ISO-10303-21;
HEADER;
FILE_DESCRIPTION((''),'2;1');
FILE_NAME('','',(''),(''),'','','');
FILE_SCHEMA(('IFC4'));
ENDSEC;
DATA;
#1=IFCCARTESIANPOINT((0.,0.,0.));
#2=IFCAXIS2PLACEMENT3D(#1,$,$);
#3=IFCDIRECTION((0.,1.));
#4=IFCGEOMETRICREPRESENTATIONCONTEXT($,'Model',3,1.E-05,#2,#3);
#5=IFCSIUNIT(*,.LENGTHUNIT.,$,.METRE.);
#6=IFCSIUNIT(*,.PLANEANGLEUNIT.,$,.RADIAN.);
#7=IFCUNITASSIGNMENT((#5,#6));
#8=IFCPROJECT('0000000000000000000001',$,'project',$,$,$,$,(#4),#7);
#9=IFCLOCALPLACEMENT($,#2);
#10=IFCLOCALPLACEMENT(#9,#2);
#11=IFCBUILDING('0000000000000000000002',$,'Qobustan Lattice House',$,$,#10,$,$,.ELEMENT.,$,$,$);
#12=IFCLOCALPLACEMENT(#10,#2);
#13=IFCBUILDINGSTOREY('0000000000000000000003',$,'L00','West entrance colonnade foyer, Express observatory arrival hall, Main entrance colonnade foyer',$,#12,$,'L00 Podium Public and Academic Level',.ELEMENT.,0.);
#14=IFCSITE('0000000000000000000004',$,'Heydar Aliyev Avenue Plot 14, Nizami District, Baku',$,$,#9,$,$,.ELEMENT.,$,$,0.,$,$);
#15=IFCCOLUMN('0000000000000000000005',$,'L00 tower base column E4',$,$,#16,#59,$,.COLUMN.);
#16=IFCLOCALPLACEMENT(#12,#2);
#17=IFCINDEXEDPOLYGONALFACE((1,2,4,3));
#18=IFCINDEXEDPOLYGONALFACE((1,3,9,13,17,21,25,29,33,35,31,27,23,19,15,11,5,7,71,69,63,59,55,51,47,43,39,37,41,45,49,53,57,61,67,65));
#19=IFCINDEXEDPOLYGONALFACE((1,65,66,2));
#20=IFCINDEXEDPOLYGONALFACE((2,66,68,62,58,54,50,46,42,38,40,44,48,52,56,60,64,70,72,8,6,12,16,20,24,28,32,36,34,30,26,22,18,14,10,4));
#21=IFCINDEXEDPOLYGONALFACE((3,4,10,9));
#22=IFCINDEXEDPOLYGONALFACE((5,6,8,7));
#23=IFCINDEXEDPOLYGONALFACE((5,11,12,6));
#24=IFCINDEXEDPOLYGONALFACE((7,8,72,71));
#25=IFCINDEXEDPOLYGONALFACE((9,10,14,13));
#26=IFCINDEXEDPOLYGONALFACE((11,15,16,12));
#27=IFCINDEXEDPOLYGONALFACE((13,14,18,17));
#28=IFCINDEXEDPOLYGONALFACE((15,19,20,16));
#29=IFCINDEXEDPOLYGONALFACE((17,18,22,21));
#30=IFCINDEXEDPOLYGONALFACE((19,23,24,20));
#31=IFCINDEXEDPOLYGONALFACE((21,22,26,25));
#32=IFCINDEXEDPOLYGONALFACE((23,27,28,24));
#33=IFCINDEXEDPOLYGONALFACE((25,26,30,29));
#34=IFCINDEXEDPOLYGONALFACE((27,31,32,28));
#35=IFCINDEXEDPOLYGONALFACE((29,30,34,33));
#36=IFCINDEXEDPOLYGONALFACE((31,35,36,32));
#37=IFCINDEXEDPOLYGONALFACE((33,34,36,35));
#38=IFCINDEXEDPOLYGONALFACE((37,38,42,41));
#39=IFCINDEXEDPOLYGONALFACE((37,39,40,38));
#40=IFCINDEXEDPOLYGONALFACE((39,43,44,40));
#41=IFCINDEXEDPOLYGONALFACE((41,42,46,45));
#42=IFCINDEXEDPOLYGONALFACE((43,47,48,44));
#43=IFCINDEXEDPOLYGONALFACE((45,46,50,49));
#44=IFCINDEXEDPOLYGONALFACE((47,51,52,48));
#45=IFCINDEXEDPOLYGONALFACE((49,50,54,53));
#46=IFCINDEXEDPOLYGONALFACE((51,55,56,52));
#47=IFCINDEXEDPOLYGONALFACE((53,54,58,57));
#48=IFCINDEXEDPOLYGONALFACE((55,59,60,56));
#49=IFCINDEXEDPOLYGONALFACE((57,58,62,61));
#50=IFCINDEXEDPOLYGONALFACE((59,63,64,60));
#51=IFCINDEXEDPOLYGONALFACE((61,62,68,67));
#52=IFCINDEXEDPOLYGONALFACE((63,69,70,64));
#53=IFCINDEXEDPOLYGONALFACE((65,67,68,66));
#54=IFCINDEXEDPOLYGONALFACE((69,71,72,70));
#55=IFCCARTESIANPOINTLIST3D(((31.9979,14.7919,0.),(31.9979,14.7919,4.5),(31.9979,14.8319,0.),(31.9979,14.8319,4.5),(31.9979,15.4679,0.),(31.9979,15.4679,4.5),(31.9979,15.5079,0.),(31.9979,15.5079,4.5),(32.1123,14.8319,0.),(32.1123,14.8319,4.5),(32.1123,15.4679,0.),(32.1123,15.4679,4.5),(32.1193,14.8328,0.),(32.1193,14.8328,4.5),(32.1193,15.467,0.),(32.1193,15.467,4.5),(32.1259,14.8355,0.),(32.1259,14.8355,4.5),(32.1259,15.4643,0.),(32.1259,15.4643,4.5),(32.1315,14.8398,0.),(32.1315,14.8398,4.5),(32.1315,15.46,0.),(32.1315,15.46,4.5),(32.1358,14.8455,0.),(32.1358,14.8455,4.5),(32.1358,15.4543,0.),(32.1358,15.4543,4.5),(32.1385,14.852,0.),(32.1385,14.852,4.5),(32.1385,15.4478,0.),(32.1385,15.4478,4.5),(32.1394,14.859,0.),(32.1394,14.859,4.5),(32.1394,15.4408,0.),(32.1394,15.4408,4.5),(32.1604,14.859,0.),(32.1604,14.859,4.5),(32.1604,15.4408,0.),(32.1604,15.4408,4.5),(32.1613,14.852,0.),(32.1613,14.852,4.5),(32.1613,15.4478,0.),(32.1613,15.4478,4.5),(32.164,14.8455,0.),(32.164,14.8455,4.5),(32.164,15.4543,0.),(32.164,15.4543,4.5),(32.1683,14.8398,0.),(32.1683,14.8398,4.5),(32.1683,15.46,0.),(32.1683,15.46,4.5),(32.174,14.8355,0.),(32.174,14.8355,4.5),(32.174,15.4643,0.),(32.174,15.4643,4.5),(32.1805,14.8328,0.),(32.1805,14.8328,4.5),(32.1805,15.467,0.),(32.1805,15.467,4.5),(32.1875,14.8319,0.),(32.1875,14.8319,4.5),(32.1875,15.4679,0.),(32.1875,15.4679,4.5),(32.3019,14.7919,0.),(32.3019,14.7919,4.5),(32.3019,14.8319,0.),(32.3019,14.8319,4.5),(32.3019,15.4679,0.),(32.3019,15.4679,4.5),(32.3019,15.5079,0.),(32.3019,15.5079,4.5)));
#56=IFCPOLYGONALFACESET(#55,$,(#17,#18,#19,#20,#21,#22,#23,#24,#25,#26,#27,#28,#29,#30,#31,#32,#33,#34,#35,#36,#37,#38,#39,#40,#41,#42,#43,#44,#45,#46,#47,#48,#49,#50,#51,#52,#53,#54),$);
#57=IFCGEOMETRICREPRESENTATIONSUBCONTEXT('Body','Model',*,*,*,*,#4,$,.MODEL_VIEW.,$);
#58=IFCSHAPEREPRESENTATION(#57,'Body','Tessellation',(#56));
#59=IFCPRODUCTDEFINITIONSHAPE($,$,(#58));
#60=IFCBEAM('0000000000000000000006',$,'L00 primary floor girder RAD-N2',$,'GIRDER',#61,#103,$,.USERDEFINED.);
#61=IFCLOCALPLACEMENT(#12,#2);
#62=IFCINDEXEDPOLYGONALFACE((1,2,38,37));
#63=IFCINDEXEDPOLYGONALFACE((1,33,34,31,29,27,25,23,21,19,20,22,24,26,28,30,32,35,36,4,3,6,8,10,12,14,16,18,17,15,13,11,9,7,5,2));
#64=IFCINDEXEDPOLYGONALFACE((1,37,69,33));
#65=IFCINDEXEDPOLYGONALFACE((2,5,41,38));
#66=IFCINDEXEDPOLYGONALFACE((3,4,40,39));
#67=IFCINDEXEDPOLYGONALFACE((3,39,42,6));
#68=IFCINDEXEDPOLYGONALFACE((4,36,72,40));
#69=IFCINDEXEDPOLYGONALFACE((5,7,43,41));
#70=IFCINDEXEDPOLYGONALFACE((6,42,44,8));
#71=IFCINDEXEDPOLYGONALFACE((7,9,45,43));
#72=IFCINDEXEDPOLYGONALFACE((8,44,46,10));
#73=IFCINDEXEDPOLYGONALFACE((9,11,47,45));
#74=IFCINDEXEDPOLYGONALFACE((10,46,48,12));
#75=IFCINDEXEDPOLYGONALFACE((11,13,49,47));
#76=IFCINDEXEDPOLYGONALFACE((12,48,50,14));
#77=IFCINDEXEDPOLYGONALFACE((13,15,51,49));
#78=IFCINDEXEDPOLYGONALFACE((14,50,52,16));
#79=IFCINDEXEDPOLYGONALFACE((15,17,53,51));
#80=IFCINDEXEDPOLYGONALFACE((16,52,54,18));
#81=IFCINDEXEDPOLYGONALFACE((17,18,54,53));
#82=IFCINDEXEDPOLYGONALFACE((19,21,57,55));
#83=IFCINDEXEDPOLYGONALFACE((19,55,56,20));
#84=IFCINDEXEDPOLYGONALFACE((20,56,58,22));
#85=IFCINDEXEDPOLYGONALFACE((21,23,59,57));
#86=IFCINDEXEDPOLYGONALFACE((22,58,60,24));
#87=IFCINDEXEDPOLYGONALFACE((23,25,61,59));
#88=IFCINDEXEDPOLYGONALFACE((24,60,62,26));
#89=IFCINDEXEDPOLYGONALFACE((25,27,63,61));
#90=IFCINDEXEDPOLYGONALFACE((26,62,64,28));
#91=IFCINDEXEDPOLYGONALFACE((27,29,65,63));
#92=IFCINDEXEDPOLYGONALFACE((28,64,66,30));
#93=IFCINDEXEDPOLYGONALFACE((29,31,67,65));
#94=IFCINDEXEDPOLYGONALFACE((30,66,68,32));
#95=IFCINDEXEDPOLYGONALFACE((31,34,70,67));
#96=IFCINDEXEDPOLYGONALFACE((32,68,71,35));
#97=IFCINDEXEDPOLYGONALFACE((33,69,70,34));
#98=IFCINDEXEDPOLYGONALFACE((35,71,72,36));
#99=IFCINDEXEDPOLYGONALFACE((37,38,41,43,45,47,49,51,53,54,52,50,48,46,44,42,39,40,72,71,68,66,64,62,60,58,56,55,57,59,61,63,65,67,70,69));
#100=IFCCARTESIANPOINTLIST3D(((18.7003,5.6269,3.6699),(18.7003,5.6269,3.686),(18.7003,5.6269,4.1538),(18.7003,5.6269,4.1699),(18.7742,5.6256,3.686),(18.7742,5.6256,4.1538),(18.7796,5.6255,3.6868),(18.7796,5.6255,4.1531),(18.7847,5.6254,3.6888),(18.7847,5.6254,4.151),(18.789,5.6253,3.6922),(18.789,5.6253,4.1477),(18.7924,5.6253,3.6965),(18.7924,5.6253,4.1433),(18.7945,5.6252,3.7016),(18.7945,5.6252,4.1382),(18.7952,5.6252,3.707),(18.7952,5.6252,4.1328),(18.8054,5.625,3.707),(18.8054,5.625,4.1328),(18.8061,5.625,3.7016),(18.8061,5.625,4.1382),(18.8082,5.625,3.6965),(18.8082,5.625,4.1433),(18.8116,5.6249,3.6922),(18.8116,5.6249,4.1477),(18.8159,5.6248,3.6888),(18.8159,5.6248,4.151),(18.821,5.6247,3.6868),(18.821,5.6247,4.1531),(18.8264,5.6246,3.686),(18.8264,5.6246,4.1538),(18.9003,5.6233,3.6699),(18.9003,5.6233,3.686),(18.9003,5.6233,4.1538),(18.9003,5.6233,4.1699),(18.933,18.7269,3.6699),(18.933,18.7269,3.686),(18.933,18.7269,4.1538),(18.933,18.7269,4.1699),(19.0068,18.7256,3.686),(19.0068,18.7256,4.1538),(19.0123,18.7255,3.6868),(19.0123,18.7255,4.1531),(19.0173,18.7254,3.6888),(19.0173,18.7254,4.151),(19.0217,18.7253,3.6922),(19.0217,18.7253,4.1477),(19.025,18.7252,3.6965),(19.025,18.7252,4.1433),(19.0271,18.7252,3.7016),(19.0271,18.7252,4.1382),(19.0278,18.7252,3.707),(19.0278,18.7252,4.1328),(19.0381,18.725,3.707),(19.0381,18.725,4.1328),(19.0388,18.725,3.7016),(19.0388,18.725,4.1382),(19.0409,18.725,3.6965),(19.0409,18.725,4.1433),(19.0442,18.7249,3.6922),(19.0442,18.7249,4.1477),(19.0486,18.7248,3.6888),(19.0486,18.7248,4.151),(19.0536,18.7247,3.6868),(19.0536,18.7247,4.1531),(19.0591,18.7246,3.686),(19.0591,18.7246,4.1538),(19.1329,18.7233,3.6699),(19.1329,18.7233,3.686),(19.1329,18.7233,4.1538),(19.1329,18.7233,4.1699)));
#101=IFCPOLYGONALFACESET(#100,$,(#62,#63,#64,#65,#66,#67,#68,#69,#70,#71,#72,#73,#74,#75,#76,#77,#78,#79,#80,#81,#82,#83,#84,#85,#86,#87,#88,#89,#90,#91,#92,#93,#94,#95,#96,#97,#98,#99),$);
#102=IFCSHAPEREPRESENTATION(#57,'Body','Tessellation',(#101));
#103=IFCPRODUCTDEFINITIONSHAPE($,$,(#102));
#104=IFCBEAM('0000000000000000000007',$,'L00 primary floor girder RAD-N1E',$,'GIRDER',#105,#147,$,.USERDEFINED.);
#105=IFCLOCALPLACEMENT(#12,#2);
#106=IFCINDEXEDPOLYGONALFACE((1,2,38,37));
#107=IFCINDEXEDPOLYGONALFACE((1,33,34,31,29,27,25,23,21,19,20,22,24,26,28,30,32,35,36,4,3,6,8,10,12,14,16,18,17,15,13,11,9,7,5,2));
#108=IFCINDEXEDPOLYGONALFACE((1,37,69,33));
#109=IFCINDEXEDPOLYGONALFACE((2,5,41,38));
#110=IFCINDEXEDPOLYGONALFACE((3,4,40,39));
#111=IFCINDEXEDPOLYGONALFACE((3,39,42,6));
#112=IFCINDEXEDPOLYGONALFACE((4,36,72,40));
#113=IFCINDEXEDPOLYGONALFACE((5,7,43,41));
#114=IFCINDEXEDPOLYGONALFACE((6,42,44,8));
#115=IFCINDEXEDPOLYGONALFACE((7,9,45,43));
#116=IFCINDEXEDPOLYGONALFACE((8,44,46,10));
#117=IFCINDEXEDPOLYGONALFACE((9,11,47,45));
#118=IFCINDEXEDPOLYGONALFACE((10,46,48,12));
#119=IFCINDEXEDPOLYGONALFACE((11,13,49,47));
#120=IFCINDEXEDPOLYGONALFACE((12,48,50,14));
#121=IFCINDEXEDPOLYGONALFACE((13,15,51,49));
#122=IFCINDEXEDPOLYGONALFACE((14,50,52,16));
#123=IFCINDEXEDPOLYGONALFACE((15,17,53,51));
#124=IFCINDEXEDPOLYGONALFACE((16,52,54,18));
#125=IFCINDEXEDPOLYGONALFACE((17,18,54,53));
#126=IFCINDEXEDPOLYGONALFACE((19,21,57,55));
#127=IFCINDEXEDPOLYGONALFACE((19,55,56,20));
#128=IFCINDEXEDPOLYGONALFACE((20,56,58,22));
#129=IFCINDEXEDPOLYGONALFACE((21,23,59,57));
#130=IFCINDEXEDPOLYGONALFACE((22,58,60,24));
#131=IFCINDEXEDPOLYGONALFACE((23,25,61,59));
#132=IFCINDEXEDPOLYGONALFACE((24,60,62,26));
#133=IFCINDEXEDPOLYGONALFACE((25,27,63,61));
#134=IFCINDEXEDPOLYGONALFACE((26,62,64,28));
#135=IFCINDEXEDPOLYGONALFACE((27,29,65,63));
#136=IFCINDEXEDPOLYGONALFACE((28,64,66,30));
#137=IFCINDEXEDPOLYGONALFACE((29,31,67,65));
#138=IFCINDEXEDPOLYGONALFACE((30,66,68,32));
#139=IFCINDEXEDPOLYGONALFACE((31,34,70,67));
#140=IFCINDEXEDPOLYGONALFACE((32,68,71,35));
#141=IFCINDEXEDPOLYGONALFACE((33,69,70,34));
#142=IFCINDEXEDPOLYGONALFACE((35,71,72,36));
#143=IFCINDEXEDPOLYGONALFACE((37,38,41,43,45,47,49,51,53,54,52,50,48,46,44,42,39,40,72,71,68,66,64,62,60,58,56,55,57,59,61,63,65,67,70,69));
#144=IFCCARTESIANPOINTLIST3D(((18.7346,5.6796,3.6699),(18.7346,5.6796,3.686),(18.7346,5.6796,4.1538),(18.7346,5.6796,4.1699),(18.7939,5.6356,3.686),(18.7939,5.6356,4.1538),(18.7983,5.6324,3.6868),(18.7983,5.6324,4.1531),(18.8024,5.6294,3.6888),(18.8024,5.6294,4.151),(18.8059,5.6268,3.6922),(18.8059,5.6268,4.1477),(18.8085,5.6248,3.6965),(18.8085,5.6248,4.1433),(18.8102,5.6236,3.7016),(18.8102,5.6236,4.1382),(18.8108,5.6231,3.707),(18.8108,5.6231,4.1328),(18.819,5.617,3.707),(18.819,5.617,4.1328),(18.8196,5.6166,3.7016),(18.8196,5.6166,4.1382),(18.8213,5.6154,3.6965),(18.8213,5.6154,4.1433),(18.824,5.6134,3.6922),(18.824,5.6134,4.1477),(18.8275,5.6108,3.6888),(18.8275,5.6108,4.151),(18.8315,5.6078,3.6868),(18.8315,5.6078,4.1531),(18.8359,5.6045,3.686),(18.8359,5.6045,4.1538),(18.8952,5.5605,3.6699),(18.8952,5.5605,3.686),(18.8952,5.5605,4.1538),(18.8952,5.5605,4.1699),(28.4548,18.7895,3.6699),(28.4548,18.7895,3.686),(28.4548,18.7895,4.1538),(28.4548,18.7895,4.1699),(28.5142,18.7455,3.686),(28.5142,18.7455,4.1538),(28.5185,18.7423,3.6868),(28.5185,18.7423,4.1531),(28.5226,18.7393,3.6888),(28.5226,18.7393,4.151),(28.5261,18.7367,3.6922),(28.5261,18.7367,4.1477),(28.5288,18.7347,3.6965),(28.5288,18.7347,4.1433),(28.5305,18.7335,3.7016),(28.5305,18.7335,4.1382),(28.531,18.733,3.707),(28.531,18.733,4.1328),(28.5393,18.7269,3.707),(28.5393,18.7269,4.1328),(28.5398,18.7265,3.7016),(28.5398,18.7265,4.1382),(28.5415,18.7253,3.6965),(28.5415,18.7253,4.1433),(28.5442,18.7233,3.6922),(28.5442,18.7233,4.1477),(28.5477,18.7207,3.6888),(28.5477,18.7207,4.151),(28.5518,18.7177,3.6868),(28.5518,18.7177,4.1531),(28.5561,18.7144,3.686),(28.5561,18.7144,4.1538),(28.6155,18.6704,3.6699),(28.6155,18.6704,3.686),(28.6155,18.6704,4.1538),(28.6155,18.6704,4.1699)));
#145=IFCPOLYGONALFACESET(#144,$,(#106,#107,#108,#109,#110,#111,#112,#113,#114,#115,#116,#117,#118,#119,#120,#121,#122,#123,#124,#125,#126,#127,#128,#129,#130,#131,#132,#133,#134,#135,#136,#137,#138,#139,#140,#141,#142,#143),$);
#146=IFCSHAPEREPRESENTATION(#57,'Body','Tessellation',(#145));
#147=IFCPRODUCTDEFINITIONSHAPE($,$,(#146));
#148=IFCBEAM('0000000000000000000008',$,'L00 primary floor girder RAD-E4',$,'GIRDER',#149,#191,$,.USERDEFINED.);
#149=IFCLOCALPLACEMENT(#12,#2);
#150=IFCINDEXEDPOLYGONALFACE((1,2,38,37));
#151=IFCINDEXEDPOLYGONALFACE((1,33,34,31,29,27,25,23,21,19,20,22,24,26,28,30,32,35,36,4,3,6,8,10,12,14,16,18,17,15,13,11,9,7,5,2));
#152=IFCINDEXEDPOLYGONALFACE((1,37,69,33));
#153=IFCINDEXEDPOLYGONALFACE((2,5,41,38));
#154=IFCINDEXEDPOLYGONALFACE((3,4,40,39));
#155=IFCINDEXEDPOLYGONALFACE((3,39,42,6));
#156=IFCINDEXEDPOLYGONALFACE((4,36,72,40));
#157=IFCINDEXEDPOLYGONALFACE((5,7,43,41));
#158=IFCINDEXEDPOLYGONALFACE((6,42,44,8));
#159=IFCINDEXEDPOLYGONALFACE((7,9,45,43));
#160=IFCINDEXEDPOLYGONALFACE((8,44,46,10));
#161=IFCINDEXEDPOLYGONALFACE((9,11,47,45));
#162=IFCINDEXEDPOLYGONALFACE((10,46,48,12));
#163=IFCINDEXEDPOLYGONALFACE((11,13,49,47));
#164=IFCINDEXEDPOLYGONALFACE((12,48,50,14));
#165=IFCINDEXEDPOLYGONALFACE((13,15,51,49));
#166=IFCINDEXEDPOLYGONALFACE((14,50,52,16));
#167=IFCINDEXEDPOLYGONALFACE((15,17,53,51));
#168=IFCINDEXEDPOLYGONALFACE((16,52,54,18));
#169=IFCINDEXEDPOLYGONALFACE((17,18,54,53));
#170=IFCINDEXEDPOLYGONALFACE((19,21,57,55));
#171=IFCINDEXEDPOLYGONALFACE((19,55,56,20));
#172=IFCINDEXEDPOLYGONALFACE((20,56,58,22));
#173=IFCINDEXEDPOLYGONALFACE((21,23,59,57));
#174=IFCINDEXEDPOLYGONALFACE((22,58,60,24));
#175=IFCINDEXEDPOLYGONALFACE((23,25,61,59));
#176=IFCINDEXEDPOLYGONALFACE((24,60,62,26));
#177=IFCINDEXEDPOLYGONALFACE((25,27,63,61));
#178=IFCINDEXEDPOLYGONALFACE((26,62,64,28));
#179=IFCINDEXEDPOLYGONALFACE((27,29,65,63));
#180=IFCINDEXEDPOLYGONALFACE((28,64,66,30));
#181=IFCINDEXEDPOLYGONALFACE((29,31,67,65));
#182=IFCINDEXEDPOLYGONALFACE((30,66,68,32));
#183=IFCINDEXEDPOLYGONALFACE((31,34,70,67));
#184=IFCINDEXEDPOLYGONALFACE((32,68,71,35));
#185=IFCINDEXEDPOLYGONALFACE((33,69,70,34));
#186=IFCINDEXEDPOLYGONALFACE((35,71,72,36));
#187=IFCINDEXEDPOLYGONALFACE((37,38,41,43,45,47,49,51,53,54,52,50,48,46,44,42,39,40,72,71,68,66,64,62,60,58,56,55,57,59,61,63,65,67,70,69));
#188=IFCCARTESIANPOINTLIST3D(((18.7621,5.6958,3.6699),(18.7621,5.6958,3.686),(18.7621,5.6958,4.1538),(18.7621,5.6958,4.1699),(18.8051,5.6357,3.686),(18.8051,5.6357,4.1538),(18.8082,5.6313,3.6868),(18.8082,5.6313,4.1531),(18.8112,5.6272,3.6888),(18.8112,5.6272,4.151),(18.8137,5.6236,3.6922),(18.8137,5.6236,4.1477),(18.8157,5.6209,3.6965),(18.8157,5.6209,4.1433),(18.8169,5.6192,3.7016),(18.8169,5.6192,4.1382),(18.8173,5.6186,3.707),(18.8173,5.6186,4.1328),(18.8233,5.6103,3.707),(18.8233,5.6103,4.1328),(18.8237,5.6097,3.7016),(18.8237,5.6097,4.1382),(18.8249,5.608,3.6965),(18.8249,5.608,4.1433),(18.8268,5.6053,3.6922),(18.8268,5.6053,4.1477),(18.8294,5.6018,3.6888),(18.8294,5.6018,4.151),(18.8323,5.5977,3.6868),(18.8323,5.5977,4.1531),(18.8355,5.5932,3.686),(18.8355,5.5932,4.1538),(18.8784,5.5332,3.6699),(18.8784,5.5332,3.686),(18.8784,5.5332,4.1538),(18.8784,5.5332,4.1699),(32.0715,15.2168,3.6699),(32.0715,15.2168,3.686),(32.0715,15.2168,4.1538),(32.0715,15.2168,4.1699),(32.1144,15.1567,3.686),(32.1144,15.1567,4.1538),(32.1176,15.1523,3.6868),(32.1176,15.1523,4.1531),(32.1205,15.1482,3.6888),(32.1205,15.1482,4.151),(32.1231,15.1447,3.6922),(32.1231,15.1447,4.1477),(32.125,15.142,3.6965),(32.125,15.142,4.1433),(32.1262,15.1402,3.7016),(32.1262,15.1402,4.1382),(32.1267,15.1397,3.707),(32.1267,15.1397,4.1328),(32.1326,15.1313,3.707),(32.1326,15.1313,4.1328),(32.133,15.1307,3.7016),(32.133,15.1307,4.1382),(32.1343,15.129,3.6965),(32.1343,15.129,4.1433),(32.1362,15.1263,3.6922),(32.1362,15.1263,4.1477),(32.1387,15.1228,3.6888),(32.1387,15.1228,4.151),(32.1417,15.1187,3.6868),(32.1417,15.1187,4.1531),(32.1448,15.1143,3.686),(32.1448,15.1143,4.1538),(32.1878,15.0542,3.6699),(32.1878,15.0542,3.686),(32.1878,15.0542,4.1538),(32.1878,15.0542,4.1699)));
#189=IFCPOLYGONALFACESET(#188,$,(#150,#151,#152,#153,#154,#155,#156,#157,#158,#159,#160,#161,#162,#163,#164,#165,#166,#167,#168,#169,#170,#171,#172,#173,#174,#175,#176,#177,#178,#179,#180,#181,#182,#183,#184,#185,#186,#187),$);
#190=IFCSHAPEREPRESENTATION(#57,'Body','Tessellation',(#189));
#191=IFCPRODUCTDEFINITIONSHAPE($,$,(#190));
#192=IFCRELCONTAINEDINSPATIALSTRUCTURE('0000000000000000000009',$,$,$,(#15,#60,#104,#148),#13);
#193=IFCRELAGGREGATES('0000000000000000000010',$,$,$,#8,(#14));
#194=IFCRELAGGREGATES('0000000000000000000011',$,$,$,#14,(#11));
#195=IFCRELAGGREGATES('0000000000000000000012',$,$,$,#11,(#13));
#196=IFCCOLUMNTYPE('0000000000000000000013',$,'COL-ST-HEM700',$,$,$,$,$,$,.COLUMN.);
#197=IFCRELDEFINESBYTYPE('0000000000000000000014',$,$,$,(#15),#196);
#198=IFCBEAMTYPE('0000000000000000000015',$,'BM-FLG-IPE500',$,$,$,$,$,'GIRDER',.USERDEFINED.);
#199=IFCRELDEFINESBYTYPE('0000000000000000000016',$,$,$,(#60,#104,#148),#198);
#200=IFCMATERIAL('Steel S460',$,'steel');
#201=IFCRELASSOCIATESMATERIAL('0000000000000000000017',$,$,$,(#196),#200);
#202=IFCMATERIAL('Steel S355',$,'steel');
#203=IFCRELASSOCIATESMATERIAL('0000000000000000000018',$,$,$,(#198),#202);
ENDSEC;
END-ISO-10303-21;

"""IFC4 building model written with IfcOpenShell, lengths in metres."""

from ifc_helpers import new_model, si_unit, direction, frame, origin, origin_2d, place, context, subcontext, project, spatial, i_section, extrude, material, material_profile, profile_set, type_object, element, save


model = new_model("IFC4")

# Units and contexts
model_context = context("Model", 3, precision=1e-05, world=origin(), true_north=direction((0.0, 1.0)))
body_context = subcontext(model_context, "Body", "Model", "MODEL_VIEW")
ifc_project = project(units=[si_unit("LENGTHUNIT", "METRE"), si_unit("PLANEANGLEUNIT", "RADIAN")], contexts=[model_context])

# Site, building, storey
site_placement = place(None, origin())
site = spatial("IfcSite", under=ifc_project, at=site_placement, Name="Heydar Aliyev Avenue Plot 14, Nizami District, Baku", CompositionType="ELEMENT", RefElevation=0.0)
building_placement = place(site_placement, origin())
building = spatial("IfcBuilding", under=site, at=building_placement, Name="Qobustan Lattice House", CompositionType="ELEMENT")
storey_placement = place(building_placement, origin())
storey = spatial("IfcBuildingStorey", under=building, at=storey_placement, Name="L00", Description="West entrance colonnade foyer, Express observatory arrival hall, Main entrance colonnade foyer", LongName="L00 Podium Public and Academic Level", CompositionType="ELEMENT", Elevation=0.0)

# Column
ifc_material_1 = material(Name="Steel S460", Category="steel")
ifc_material_profile_1 = material_profile(ifc_material_1, i_section(OverallWidth=0.304, OverallDepth=0.7161, WebThickness=0.021, FlangeThickness=0.04, FilletRadius=0.0271, at=origin_2d()), Name="HEM700")
ifc_profile_set_1 = profile_set([ifc_material_profile_1], Name="Steel S460")
column_type_1 = type_object("IfcColumnType", Name="COL-ST-HEM700", PredefinedType="COLUMN", material=ifc_profile_set_1)
for number, where, z_axis, x_axis, name in (
    (1, (32.1499, 15.1499, 0.0), (0.0, 0.0, 1.0), (1.0, 0.0, 0.0), "L00 tower base column E4"),
):
    element("IfcColumn", number, at=place(storey_placement, frame(where, z_axis=z_axis, x_axis=x_axis)), inside=storey, type_object=column_type_1, Name=name, PredefinedType="COLUMN", context=body_context, shape_type="SweptSolid", body=[
        extrude(i_section(OverallWidth=0.304, OverallDepth=0.7161, WebThickness=0.021, FlangeThickness=0.04, FilletRadius=0.0271, at=origin_2d()), origin(), (0.0, 0.0, 1.0), 4.5),
    ])

# Beams
ifc_material_2 = material(Name="Steel S355", Category="steel")
ifc_material_profile_2 = material_profile(ifc_material_2, i_section(OverallWidth=0.2, OverallDepth=0.5, WebThickness=0.0103, FlangeThickness=0.0161, FilletRadius=0.021, at=origin_2d()), Name="IPE500")
ifc_profile_set_2 = profile_set([ifc_material_profile_2], Name="Steel S355")
beam_type_1 = type_object("IfcBeamType", Name="BM-FLG-IPE500", ElementType="GIRDER", PredefinedType="USERDEFINED", material=ifc_profile_set_2)
beam_1_placement = place(storey_placement, frame((19.033, 18.7251, 3.9199), z_axis=(-0.017758, -0.999842, 0.0), x_axis=(0.999842, -0.017758, 0.0)))
element("IfcBeam", 2, at=beam_1_placement, inside=storey, type_object=beam_type_1, Name="L00 primary floor girder RAD-N2", ObjectType="GIRDER", PredefinedType="USERDEFINED", context=body_context, shape_type="SweptSolid", body=[
    extrude(i_section(OverallWidth=0.2, OverallDepth=0.5, WebThickness=0.0103, FlangeThickness=0.0161, FilletRadius=0.021, at=origin_2d()), origin(), (0.0, 0.0, 1.0), 13.1021),
])
beam_2_placement = place(storey_placement, frame((28.5352, 18.73, 3.9199), z_axis=(-0.595592, -0.803287, 0.0), x_axis=(0.803287, -0.595592, 0.0)))
element("IfcBeam", 3, at=beam_2_placement, inside=storey, type_object=beam_type_1, Name="L00 primary floor girder RAD-N1E", ObjectType="GIRDER", PredefinedType="USERDEFINED", context=body_context, shape_type="SweptSolid", body=[
    extrude(i_section(OverallWidth=0.2, OverallDepth=0.5, WebThickness=0.0103, FlangeThickness=0.0161, FilletRadius=0.021, at=origin_2d()), origin(), (0.0, 0.0, 1.0), 16.3203),
])
beam_3_placement = place(storey_placement, frame((32.1296, 15.1355, 3.9199), z_axis=(-0.813319, -0.581818, 0.0), x_axis=(0.581818, -0.813319, 0.0)))
element("IfcBeam", 4, at=beam_3_placement, inside=storey, type_object=beam_type_1, Name="L00 primary floor girder RAD-E4", ObjectType="GIRDER", PredefinedType="USERDEFINED", context=body_context, shape_type="SweptSolid", body=[
    extrude(i_section(OverallWidth=0.2, OverallDepth=0.5, WebThickness=0.0103, FlangeThickness=0.0161, FilletRadius=0.021, at=origin_2d()), origin(), (0.0, 0.0, 1.0), 16.3643),
])

save(model, "model.ifc")
